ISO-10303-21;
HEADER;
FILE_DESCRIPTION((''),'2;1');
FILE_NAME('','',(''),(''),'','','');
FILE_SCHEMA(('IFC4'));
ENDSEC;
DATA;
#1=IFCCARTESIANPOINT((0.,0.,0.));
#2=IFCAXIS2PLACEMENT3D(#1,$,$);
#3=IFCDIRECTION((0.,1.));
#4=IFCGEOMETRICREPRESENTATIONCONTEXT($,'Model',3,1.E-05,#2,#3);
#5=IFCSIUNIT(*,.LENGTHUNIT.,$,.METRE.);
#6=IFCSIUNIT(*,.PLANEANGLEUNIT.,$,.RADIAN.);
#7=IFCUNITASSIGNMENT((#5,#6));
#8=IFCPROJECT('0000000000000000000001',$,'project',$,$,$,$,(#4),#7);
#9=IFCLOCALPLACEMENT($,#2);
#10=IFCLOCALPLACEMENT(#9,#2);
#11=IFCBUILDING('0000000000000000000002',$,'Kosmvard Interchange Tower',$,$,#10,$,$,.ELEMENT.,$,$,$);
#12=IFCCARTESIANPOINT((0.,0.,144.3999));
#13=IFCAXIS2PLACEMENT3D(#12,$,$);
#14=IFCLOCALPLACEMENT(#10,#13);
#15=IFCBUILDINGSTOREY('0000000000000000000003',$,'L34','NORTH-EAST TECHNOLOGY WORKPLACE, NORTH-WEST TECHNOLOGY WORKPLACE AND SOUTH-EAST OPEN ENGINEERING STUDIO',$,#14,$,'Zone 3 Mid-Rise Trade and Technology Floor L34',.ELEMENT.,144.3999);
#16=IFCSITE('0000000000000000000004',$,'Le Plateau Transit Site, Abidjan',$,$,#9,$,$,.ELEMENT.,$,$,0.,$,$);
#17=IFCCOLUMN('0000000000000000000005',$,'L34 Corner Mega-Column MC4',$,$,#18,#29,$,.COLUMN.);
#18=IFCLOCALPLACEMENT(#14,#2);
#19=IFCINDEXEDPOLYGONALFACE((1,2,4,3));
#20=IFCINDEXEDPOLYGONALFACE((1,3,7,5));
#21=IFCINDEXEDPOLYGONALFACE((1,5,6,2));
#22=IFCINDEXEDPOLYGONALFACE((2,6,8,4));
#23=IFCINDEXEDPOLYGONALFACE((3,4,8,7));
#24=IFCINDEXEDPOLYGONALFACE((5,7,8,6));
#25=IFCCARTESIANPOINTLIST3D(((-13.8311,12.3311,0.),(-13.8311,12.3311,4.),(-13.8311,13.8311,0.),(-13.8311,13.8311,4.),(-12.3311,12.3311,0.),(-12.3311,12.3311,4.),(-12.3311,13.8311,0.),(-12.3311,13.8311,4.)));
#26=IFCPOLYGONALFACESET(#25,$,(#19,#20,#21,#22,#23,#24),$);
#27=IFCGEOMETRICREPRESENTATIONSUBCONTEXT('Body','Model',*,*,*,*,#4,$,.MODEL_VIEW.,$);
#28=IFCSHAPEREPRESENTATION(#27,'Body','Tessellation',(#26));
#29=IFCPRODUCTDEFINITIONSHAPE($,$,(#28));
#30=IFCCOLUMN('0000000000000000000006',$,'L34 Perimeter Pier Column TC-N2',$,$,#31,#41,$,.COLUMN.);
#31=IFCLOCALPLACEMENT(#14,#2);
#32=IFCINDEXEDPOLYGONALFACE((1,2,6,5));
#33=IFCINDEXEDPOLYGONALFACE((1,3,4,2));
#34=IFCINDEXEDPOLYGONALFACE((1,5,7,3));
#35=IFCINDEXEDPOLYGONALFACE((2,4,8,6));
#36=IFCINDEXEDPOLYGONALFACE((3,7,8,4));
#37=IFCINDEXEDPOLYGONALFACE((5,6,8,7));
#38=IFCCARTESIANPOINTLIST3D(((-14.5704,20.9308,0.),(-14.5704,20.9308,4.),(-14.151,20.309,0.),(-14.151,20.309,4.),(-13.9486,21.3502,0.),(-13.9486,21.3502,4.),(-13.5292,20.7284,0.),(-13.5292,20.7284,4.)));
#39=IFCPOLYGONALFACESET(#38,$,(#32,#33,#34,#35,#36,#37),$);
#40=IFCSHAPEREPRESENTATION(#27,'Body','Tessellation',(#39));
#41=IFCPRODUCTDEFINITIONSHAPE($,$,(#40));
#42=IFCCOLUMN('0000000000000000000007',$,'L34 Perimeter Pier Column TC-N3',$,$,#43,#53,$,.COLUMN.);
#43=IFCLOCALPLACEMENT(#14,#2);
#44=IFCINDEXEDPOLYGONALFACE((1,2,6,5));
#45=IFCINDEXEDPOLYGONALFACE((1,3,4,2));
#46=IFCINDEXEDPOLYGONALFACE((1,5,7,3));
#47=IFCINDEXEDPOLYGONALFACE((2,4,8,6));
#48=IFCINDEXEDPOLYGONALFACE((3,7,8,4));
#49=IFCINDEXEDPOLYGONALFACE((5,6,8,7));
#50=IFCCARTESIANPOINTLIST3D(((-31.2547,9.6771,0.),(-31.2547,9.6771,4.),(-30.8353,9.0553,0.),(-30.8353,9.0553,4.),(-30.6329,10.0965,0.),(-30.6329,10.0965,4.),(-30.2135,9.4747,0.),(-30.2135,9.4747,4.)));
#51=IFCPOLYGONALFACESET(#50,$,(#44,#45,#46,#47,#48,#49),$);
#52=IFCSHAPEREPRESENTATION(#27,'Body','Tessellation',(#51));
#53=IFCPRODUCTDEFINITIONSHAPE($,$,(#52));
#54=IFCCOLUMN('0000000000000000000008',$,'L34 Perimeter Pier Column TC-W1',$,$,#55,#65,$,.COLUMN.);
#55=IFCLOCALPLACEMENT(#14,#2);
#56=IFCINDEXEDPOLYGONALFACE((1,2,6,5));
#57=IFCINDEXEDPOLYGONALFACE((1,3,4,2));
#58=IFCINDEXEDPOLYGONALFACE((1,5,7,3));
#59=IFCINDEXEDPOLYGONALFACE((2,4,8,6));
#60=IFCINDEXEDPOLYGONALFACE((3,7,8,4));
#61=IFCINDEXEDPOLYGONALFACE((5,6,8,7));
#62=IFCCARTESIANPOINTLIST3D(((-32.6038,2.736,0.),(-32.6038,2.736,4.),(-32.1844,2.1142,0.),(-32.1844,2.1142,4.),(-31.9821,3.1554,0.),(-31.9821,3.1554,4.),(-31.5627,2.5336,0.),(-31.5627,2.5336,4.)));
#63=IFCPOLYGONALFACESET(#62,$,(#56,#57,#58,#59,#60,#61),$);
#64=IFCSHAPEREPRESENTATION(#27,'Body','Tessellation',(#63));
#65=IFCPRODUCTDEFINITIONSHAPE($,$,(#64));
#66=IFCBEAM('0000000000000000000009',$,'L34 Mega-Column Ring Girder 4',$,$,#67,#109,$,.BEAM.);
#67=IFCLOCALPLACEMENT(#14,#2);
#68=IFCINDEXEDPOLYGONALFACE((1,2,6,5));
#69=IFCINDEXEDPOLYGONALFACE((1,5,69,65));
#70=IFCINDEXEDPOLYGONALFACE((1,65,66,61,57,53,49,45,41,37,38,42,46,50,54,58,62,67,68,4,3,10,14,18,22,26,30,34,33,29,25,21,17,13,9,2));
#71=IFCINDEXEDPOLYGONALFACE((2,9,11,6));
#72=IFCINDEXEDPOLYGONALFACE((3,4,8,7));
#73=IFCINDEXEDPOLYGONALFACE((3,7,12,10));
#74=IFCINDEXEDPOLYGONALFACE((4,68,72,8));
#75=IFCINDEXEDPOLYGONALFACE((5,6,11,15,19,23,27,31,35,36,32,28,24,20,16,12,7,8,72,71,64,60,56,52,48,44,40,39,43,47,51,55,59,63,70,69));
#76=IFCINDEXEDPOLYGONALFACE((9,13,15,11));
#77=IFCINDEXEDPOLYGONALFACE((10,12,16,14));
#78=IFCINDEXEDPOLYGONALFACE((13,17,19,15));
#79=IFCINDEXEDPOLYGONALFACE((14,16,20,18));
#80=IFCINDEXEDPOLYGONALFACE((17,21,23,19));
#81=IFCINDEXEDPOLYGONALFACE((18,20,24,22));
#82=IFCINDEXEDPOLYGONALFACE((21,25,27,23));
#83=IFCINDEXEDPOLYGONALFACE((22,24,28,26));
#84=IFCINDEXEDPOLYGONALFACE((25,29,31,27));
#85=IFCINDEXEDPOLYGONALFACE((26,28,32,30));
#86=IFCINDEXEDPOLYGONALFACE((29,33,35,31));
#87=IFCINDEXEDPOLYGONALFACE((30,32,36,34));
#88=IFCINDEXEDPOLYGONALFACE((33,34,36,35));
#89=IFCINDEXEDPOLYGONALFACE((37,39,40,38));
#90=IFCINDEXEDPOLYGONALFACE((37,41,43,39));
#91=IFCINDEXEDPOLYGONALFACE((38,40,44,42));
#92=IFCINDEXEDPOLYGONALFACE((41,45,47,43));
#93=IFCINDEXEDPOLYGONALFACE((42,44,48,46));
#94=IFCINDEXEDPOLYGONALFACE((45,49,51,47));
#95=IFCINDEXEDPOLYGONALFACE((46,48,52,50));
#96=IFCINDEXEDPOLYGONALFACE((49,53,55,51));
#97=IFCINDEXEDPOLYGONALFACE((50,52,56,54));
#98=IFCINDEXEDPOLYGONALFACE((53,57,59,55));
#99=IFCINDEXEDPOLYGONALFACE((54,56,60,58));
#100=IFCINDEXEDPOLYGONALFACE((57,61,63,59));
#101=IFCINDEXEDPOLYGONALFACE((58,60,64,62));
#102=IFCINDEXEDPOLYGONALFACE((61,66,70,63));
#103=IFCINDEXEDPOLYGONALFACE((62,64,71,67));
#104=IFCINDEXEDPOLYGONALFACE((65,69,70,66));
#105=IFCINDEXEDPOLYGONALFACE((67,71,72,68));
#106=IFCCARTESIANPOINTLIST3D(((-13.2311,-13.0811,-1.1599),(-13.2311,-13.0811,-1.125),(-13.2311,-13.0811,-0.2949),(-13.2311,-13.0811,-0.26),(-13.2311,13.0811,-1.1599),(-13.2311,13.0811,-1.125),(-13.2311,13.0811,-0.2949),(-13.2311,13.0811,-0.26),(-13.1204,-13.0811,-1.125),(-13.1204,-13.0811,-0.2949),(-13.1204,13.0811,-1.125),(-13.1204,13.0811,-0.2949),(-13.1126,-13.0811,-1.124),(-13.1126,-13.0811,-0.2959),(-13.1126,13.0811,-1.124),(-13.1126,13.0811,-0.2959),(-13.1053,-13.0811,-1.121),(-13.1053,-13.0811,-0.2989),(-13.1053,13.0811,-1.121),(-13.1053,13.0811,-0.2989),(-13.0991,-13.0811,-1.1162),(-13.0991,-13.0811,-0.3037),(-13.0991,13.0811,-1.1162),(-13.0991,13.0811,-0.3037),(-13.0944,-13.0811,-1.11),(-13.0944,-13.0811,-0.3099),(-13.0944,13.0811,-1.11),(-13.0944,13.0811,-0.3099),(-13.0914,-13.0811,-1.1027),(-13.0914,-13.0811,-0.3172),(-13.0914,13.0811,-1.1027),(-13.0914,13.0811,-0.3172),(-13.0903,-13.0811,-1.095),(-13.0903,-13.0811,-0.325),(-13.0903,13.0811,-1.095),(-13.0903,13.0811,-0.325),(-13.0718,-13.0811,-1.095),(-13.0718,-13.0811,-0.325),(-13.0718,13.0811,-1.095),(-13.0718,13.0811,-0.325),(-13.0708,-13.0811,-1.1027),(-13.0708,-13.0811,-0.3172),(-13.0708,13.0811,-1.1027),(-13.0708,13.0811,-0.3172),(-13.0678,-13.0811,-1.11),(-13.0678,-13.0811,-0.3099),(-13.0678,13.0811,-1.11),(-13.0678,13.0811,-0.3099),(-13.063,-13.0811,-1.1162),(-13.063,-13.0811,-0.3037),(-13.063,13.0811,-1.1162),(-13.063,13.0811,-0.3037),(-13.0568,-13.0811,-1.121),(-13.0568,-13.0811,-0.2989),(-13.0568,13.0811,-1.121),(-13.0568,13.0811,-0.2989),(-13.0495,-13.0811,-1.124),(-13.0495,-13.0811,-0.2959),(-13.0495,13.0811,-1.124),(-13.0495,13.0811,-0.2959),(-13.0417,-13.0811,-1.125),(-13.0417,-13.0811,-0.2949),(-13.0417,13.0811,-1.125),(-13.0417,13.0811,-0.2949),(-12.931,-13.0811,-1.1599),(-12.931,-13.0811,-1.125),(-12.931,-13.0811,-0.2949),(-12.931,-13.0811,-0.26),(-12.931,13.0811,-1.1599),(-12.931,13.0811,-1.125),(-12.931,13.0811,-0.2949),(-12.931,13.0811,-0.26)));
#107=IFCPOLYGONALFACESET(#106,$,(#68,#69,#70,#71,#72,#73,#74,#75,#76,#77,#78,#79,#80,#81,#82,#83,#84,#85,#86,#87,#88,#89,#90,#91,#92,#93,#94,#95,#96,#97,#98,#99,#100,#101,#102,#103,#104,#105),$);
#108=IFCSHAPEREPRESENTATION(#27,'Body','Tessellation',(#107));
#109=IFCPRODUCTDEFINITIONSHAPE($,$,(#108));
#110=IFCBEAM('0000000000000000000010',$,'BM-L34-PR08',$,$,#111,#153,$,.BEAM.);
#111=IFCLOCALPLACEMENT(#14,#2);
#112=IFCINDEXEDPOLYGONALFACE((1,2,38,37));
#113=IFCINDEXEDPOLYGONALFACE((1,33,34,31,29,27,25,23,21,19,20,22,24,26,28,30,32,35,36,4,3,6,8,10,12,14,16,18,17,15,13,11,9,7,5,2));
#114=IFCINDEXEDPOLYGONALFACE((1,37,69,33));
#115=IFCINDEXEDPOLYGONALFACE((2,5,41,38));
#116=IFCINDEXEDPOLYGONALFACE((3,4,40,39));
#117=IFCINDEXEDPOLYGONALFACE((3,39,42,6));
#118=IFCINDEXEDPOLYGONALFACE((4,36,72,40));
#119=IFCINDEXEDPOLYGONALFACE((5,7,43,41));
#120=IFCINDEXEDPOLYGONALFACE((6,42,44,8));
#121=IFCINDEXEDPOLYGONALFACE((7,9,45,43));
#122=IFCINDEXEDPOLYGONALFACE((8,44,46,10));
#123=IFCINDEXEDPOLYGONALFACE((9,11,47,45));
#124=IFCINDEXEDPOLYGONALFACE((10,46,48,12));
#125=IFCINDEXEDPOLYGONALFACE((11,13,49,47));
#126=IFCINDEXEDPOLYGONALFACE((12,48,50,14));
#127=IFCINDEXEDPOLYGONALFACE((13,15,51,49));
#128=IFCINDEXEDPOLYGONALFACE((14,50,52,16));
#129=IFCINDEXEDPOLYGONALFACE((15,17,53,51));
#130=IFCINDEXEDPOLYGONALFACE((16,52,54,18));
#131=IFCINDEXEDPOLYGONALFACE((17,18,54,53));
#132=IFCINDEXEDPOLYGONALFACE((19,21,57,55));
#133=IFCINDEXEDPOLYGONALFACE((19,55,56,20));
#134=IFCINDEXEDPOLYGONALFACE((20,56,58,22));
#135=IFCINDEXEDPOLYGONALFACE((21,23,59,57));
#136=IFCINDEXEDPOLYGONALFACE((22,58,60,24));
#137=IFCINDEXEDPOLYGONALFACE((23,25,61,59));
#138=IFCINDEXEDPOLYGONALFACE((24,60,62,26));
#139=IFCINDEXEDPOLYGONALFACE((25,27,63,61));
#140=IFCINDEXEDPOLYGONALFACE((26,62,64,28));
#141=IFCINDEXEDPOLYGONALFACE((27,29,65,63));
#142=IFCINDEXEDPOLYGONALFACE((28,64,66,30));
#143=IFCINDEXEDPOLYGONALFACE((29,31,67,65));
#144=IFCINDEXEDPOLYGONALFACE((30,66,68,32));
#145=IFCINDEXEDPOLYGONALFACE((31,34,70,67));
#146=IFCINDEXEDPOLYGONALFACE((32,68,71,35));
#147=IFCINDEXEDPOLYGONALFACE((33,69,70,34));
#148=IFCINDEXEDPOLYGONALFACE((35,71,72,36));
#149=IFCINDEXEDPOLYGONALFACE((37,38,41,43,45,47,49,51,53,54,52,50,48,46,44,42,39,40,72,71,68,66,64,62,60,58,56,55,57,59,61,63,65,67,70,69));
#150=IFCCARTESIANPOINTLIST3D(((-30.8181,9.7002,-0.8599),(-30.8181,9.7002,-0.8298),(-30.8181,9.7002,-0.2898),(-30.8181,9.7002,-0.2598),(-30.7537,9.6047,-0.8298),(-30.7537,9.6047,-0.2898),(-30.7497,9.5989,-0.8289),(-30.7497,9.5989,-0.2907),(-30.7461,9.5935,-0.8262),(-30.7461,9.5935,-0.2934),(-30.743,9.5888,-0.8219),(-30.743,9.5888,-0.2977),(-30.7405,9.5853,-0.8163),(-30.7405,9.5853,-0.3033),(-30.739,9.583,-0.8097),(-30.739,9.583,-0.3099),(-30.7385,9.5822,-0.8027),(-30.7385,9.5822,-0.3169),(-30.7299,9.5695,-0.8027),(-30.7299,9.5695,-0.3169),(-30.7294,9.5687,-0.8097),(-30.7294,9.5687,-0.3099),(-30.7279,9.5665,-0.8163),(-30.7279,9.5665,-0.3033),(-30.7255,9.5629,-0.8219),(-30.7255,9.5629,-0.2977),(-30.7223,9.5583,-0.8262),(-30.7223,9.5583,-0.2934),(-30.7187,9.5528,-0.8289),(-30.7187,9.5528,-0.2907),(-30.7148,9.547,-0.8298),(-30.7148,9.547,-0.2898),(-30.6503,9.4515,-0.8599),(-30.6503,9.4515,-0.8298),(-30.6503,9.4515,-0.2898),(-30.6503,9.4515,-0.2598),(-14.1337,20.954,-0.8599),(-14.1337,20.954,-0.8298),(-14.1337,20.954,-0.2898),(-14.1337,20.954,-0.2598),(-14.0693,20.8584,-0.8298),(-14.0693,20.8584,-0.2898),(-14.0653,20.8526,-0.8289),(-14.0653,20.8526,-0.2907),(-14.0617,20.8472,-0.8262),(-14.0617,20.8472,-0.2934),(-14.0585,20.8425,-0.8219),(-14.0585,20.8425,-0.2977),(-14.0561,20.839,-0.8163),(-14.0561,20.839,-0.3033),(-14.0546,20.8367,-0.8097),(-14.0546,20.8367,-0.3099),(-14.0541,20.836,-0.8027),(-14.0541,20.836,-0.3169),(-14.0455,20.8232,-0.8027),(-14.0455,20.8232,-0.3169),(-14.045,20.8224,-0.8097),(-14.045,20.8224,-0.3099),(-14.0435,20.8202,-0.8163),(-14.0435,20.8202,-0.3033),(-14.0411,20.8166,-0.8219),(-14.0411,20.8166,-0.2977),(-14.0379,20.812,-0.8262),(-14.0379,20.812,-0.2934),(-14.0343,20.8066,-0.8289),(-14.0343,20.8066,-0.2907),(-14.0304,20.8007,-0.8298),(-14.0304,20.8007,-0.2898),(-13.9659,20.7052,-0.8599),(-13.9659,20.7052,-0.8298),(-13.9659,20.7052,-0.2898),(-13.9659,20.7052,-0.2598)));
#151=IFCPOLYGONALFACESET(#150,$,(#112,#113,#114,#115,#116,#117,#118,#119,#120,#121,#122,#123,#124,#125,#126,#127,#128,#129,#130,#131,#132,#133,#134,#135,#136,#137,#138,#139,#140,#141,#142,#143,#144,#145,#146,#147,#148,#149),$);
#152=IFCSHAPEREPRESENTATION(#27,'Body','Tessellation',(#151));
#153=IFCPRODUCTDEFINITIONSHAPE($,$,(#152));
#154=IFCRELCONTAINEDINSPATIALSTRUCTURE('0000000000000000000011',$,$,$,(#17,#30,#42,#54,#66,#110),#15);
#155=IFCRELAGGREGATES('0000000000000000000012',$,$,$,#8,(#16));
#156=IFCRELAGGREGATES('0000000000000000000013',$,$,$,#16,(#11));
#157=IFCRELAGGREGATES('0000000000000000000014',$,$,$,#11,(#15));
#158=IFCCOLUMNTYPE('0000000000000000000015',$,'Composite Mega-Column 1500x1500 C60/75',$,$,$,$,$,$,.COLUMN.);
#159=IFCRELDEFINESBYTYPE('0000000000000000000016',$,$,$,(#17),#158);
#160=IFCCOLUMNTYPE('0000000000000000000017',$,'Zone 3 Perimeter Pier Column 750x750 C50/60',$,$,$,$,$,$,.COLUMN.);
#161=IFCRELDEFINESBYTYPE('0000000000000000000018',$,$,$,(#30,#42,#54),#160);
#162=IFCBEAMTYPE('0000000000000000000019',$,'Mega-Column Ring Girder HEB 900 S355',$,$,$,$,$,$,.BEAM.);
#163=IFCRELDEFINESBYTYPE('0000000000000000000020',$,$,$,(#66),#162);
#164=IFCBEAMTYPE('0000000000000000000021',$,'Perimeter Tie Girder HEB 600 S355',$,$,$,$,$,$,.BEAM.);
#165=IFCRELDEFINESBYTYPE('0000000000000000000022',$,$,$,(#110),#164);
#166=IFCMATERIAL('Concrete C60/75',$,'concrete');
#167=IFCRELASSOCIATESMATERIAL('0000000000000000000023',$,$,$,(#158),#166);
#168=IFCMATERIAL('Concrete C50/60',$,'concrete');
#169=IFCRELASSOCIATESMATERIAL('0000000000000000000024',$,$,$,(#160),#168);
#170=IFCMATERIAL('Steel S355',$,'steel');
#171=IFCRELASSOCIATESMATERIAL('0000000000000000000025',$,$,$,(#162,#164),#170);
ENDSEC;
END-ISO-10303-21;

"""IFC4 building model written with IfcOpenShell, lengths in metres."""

from ifc_helpers import new_model, si_unit, direction, frame, origin, origin_2d, place, context, subcontext, project, spatial, rectangle, i_section, extrude, source, transform, mapped, material, material_profile, profile_set, type_object, element, save


model = new_model("IFC4")

# Units and contexts
model_context = context("Model", 3, precision=1e-05, world=origin(), true_north=direction((0.0, 1.0)))
body_context = subcontext(model_context, "Body", "Model", "MODEL_VIEW")
ifc_project = project(units=[si_unit("LENGTHUNIT", "METRE"), si_unit("PLANEANGLEUNIT", "RADIAN")], contexts=[model_context])

# Site, building, storey
site_placement = place(None, origin())
site = spatial("IfcSite", under=ifc_project, at=site_placement, Name="Le Plateau Transit Site, Abidjan", CompositionType="ELEMENT", RefElevation=0.0)
building_placement = place(site_placement, origin())
building = spatial("IfcBuilding", under=site, at=building_placement, Name="Kosmvard Interchange Tower", CompositionType="ELEMENT")
storey_placement = place(building_placement, frame((0.0, 0.0, 144.3999)))
storey = spatial("IfcBuildingStorey", under=building, at=storey_placement, Name="L34", Description="NORTH-EAST TECHNOLOGY WORKPLACE, NORTH-WEST TECHNOLOGY WORKPLACE AND SOUTH-EAST OPEN ENGINEERING STUDIO", LongName="Zone 3 Mid-Rise Trade and Technology Floor L34", CompositionType="ELEMENT", Elevation=144.3999)

# Columns
ifc_material_1 = material(Name="Concrete C60/75", Category="concrete")
ifc_material_profile_1 = material_profile(ifc_material_1, rectangle(XDim=1.5, YDim=1.5, at=origin_2d()), Name="MC 1500x1500")
ifc_profile_set_1 = profile_set([ifc_material_profile_1], Name="Concrete C60/75")
column_type_1 = type_object("IfcColumnType", Name="Composite Mega-Column 1500x1500 C60/75", PredefinedType="COLUMN", material=ifc_profile_set_1)
shared_shape_1 = source(origin(), body_context, "Body", "SweptSolid", [
    extrude(rectangle(XDim=1.5, YDim=1.5, at=origin_2d()), origin(), (0.0, 0.0, 1.0), 4.0),
])
column_placement = place(storey_placement, frame((-13.0811, 13.0811, 0.0), z_axis=(0.0, 0.0, 1.0), x_axis=(1.0, 0.0, 0.0)))
element("IfcColumn", 1, at=column_placement, inside=storey, type_object=column_type_1, Name="L34 Corner Mega-Column MC4", PredefinedType="COLUMN", context=body_context, shape_type="MappedRepresentation", body=[
    mapped(shared_shape_1, transform((0.0, 0.0, 0.0), scale=1.0)),
])
ifc_material_2 = material(Name="Concrete C50/60", Category="concrete")
ifc_material_profile_2 = material_profile(ifc_material_2, rectangle(XDim=0.75, YDim=0.75, at=origin_2d()), Name="TC 750x750")
ifc_profile_set_2 = profile_set([ifc_material_profile_2], Name="Concrete C50/60")
column_type_2 = type_object("IfcColumnType", Name="Zone 3 Perimeter Pier Column 750x750 C50/60", PredefinedType="COLUMN", material=ifc_profile_set_2)
shared_shape_2 = source(origin(), body_context, "Body", "SweptSolid", [
    extrude(rectangle(XDim=0.75, YDim=0.75, at=origin_2d()), origin(), (0.0, 0.0, 1.0), 4.0),
])
for number, where, z_axis, x_axis, name in (
    (2, (-14.0498, 20.8296, 0.0), (0.0, 0.0, 1.0), (0.829038, 0.559193, 0.0), "L34 Perimeter Pier Column TC-N2"),
    (3, (-30.7341, 9.5759, 0.0), (0.0, 0.0, 1.0), (0.829038, 0.559193, 0.0), "L34 Perimeter Pier Column TC-N3"),
    (4, (-32.0833, 2.6348, 0.0), (0.0, 0.0, 1.0), (0.829038, 0.559193, 0.0), "L34 Perimeter Pier Column TC-W1"),
):
    element("IfcColumn", number, at=place(storey_placement, frame(where, z_axis=z_axis, x_axis=x_axis)), inside=storey, type_object=column_type_2, Name=name, PredefinedType="COLUMN", context=body_context, shape_type="MappedRepresentation", body=[
        mapped(shared_shape_2, transform((0.0, 0.0, 0.0), scale=1.0)),
    ])

# Beams
ifc_material_3 = material(Name="Steel S355", Category="steel")
ifc_material_profile_3 = material_profile(ifc_material_3, i_section(OverallWidth=0.3, OverallDepth=0.8999, WebThickness=0.0186, FlangeThickness=0.0349, FilletRadius=0.03, at=origin_2d()), Name="HEB 900")
ifc_profile_set_3 = profile_set([ifc_material_profile_3], Name="Steel S355")
beam_type_1 = type_object("IfcBeamType", Name="Mega-Column Ring Girder HEB 900 S355", PredefinedType="BEAM", material=ifc_profile_set_3)
shared_shape_3 = source(origin(), body_context, "Body", "SweptSolid", [
    extrude(i_section(OverallWidth=0.3, OverallDepth=0.8999, WebThickness=0.0186, FlangeThickness=0.0349, FilletRadius=0.03, at=origin_2d()), origin(), (0.0, 0.0, 1.0), 26.1621),
])
beam_1_placement = place(storey_placement, frame((-13.0811, 13.0811, -0.71), z_axis=(0.0, -1.0, 0.0), x_axis=(1.0, 0.0, 0.0)))
element("IfcBeam", 5, at=beam_1_placement, inside=storey, type_object=beam_type_1, Name="L34 Mega-Column Ring Girder 4", PredefinedType="BEAM", context=body_context, shape_type="MappedRepresentation", body=[
    mapped(shared_shape_3, transform((0.0, 0.0, 0.0), scale=1.0)),
])
ifc_material_profile_4 = material_profile(ifc_material_3, i_section(OverallWidth=0.3, OverallDepth=0.6001, WebThickness=0.0154, FlangeThickness=0.03, FilletRadius=0.0271, at=origin_2d()), Name="HEB 600")
ifc_profile_set_4 = profile_set([ifc_material_profile_4], Name="Steel S355")
beam_type_2 = type_object("IfcBeamType", Name="Perimeter Tie Girder HEB 600 S355", PredefinedType="BEAM", material=ifc_profile_set_4)
shared_shape_4 = source(origin(), body_context, "Body", "SweptSolid", [
    extrude(i_section(OverallWidth=0.3, OverallDepth=0.6001, WebThickness=0.0154, FlangeThickness=0.03, FilletRadius=0.0271, at=origin_2d()), origin(), (0.0, 0.0, 1.0), 20.125),
])
for number, where, z_axis, x_axis, name in (
    (6, (-14.0498, 20.8296, -0.5598), (-0.829039, -0.559191, 0.0), (0.559191, -0.829039, 0.0), "BM-L34-PR08"),
):
    element("IfcBeam", number, at=place(storey_placement, frame(where, z_axis=z_axis, x_axis=x_axis)), inside=storey, type_object=beam_type_2, Name=name, PredefinedType="BEAM", context=body_context, shape_type="MappedRepresentation", body=[
        mapped(shared_shape_4, transform((0.0, 0.0, 0.0), scale=1.0)),
    ])

save(model, "model.ifc")
